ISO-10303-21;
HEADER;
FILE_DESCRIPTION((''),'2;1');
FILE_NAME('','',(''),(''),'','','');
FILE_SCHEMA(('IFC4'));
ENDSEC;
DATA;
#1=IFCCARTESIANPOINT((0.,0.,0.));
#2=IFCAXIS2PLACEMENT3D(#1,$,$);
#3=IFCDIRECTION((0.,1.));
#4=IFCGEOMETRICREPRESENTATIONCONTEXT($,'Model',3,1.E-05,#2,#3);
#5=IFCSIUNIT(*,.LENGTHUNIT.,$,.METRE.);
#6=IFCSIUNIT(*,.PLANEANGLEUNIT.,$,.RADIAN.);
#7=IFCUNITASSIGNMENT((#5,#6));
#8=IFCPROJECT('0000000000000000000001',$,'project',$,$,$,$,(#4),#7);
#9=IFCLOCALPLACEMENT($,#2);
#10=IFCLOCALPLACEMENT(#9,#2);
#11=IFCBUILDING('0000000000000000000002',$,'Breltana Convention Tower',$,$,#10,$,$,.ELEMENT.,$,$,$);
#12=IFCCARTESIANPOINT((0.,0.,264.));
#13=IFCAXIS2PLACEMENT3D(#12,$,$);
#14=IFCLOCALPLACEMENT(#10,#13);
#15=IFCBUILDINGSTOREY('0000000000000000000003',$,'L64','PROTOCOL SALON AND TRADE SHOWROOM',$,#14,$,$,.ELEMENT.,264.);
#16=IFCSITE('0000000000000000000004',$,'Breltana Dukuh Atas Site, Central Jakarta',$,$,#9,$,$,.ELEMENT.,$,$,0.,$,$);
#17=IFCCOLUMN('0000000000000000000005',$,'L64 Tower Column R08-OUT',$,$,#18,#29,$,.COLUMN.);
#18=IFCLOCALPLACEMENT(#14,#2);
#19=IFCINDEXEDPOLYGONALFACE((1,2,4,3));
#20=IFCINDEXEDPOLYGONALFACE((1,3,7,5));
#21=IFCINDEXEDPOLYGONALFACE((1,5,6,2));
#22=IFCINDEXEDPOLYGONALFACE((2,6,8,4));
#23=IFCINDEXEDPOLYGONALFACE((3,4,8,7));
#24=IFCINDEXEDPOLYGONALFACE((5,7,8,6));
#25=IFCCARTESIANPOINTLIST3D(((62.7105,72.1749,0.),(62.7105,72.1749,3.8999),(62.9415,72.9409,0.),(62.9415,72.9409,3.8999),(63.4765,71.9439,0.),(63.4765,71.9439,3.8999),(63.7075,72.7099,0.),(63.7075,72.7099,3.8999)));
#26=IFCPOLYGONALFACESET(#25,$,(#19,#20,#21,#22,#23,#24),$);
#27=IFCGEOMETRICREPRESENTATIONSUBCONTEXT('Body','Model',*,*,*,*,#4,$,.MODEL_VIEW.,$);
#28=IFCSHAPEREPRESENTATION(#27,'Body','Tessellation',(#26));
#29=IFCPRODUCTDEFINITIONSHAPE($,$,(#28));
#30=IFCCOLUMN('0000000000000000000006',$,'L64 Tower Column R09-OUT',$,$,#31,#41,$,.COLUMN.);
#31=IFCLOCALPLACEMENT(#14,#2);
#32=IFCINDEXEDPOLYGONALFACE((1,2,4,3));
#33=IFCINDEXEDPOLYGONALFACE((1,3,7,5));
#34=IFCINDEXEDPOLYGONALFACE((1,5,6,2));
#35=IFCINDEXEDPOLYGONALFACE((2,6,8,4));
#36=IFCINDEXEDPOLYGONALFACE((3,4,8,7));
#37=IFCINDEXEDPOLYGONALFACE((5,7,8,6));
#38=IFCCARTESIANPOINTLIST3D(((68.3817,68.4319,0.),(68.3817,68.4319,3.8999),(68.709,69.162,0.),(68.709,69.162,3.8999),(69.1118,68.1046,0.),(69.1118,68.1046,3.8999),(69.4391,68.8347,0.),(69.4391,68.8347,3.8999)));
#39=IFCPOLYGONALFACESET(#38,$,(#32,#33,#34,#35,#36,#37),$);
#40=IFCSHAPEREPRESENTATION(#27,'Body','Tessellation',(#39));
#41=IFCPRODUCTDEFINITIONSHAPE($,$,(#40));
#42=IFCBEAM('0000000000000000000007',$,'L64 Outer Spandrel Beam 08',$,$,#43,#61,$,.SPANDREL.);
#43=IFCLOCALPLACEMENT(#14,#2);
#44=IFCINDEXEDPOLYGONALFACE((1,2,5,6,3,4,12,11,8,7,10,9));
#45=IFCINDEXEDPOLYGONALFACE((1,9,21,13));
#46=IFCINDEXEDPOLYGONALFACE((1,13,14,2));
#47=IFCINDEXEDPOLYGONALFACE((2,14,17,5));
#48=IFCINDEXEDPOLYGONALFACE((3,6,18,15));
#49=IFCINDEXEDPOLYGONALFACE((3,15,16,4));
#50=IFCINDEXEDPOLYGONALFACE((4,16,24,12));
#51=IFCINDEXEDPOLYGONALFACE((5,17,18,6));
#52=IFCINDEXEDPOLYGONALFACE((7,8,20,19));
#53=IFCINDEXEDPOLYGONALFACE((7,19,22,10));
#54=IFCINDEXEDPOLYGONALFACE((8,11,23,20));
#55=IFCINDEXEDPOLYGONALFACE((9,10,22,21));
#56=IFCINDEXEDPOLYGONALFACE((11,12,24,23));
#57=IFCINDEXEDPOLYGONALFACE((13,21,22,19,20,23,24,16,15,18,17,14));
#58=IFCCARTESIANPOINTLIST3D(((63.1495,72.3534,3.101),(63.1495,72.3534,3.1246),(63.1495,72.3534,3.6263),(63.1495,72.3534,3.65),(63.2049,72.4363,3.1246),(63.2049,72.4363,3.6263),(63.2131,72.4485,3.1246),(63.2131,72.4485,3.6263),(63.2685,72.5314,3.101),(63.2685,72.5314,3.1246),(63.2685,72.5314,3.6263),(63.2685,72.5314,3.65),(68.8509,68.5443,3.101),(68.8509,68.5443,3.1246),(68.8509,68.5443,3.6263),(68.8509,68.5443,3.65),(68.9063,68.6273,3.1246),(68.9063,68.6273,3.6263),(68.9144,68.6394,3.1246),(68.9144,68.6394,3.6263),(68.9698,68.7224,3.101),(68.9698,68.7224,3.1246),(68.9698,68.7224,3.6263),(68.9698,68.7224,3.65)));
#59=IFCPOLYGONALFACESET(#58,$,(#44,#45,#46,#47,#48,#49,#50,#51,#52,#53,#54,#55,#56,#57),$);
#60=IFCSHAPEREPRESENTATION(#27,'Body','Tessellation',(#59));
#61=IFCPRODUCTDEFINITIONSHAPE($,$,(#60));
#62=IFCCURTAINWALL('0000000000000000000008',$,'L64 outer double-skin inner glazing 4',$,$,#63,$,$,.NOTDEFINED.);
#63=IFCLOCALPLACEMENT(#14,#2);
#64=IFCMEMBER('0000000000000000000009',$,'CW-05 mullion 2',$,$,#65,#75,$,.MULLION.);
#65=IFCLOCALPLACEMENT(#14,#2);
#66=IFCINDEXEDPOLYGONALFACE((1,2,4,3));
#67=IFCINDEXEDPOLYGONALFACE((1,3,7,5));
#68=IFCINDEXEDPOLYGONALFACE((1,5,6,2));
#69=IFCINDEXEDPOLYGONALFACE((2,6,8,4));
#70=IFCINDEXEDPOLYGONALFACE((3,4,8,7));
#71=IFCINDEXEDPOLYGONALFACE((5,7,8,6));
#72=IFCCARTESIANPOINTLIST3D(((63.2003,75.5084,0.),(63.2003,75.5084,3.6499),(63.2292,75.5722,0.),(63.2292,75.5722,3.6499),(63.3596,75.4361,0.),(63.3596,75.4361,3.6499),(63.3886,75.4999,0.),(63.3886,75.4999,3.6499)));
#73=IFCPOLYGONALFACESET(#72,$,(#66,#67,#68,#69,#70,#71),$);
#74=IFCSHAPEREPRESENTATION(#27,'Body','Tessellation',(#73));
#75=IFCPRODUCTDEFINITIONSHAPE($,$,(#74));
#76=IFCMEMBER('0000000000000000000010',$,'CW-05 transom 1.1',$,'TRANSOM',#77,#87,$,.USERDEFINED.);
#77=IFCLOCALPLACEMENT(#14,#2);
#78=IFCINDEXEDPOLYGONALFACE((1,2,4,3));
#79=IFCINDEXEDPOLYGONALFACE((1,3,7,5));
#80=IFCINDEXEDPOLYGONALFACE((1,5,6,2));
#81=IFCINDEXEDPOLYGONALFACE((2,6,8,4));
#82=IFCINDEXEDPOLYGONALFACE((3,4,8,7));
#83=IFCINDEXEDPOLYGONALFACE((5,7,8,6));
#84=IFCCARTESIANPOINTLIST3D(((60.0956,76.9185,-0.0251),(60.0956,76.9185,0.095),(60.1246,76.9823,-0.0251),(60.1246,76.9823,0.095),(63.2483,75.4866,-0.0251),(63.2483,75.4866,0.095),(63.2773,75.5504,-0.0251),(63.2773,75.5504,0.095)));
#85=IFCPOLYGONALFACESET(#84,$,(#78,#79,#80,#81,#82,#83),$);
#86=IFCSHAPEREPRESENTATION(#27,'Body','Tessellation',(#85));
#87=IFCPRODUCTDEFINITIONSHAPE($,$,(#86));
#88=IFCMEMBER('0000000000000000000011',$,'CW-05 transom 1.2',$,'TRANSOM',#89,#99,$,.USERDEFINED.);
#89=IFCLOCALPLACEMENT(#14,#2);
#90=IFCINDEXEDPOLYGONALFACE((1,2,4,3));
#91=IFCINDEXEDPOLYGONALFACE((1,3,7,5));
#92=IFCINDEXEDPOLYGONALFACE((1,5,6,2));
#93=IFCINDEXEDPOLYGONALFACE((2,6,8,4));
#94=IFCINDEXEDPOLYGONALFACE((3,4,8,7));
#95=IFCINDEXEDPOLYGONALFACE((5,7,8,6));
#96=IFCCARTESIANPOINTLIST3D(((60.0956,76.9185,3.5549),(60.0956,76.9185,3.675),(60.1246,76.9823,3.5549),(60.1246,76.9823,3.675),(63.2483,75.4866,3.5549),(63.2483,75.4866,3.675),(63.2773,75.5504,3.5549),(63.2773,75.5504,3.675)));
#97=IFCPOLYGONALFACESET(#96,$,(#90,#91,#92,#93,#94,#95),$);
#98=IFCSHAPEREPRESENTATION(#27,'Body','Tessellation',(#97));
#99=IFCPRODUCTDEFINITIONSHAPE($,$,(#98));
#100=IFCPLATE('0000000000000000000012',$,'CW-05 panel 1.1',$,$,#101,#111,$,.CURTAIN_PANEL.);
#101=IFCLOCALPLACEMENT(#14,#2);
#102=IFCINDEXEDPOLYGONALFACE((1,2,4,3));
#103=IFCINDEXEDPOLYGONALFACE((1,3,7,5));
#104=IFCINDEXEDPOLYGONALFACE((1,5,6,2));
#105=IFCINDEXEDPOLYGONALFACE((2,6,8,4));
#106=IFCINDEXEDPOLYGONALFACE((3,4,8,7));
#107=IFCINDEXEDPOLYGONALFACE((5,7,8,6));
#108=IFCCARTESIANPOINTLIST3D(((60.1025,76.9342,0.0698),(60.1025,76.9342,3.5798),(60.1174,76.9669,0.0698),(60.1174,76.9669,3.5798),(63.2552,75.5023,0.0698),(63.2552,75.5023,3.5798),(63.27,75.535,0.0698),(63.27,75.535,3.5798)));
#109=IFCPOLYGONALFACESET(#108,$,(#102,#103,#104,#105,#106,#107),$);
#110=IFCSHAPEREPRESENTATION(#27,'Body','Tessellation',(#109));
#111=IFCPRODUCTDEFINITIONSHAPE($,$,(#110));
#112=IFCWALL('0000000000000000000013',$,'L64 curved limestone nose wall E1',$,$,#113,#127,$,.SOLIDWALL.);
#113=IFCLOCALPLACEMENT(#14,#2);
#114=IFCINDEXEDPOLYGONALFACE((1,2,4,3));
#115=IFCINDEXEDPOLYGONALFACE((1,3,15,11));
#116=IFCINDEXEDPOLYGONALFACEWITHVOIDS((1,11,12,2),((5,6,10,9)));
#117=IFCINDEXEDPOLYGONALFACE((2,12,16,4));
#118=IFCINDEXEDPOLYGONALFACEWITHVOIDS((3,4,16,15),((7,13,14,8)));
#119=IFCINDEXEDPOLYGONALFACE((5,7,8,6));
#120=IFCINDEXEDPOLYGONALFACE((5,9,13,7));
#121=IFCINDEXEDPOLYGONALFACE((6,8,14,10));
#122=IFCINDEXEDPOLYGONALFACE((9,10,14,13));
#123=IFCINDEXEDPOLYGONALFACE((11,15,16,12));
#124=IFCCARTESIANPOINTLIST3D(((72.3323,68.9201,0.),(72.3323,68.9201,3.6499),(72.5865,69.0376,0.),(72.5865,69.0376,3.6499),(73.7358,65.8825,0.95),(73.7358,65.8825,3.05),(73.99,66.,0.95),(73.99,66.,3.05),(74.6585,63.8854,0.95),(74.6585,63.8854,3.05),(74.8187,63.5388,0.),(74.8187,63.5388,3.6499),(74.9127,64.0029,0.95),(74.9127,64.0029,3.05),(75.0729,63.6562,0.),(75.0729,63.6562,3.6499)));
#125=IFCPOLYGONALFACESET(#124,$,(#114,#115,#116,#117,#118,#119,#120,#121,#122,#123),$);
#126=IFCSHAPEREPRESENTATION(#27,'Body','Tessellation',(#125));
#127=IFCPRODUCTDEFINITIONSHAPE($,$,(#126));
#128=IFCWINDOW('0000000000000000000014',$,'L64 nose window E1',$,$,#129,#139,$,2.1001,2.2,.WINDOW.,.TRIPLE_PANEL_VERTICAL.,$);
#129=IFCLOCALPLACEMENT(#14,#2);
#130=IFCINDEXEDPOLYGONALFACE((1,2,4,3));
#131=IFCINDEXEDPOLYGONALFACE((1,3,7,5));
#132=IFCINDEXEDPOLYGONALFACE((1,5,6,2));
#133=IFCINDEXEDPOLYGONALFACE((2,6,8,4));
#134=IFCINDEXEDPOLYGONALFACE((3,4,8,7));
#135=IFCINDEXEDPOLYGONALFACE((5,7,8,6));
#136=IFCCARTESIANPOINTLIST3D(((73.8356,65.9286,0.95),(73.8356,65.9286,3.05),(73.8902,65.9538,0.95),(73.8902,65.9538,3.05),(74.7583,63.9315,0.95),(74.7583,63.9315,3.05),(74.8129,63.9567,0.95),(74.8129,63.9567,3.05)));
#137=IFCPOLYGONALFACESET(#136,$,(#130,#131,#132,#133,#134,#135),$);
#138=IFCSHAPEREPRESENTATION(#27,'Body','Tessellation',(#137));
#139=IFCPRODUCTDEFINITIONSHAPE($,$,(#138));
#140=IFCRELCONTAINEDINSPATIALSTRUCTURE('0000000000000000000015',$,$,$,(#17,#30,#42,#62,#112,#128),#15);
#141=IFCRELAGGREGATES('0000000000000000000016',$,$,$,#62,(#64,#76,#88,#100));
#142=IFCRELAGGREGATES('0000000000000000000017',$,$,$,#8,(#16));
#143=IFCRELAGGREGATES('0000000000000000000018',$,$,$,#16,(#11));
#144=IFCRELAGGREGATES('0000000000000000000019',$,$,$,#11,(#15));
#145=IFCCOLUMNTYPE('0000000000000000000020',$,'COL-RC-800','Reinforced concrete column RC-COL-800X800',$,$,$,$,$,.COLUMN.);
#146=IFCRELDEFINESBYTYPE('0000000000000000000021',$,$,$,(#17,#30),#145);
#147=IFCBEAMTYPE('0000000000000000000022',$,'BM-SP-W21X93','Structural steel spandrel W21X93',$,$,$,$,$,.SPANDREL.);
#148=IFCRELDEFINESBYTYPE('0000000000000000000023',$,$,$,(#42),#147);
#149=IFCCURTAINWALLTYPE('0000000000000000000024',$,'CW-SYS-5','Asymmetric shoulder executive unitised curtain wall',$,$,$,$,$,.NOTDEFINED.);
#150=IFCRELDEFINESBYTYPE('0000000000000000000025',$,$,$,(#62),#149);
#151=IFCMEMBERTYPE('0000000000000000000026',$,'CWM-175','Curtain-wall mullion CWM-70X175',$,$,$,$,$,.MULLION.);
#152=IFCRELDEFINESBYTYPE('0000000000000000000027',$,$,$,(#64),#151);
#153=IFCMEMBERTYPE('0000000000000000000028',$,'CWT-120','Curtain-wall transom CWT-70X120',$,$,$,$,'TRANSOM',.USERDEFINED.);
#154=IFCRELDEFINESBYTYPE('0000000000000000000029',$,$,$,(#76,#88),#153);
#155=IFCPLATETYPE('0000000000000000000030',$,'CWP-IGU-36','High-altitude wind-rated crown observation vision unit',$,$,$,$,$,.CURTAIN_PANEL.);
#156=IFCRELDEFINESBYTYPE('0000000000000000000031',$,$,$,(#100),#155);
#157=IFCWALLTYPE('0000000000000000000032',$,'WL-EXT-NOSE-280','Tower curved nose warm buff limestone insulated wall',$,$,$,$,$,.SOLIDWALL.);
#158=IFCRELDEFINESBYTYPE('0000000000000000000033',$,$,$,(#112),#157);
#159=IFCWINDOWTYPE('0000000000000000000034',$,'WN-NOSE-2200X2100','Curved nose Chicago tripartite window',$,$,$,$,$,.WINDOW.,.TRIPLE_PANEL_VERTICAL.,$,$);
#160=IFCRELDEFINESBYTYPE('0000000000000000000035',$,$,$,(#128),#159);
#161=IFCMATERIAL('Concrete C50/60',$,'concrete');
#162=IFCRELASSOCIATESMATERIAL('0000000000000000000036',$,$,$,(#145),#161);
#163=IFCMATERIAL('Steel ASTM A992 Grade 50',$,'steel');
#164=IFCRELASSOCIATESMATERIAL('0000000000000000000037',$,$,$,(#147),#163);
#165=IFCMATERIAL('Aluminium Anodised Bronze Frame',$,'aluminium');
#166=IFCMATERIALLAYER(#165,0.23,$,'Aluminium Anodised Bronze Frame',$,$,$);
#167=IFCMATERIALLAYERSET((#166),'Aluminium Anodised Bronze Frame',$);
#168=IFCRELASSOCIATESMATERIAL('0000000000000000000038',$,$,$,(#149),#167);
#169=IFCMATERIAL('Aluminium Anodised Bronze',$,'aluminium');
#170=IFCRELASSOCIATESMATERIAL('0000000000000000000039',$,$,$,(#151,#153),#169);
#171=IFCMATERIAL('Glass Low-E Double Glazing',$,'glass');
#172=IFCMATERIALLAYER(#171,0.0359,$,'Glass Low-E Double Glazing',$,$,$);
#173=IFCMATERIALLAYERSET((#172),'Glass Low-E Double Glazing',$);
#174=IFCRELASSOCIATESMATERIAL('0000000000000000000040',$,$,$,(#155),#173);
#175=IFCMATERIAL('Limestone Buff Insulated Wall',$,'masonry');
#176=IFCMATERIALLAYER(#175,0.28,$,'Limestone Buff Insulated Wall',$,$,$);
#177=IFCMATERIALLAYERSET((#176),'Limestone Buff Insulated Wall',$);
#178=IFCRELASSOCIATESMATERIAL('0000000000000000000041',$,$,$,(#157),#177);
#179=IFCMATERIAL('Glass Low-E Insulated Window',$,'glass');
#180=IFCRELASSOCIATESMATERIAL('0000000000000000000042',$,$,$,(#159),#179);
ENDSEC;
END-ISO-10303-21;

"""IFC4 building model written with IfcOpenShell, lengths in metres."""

from ifc_helpers import new_model, si_unit, direction, frame, frame_2d, origin, origin_2d, place, context, subcontext, project, spatial, rectangle, i_section, extrude, source, transform, mapped, material, layer, layer_set, material_profile, profile_set, type_object, type_shapes, element, fill, aggregate, save


model = new_model("IFC4")

# Units and contexts
model_context = context("Model", 3, precision=1e-05, world=origin(), true_north=direction((0.0, 1.0)))
body_context = subcontext(model_context, "Body", "Model", "MODEL_VIEW")
ifc_project = project(units=[si_unit("LENGTHUNIT", "METRE"), si_unit("PLANEANGLEUNIT", "RADIAN")], contexts=[model_context])

# Site, building, storey
site_placement = place(None, origin())
site = spatial("IfcSite", under=ifc_project, at=site_placement, Name="Breltana Dukuh Atas Site, Central Jakarta", CompositionType="ELEMENT", RefElevation=0.0)
building_placement = place(site_placement, origin())
building = spatial("IfcBuilding", under=site, at=building_placement, Name="Breltana Convention Tower", CompositionType="ELEMENT")
storey_placement = place(building_placement, frame((0.0, 0.0, 264.0)))
storey = spatial("IfcBuildingStorey", under=building, at=storey_placement, Name="L64", Description="PROTOCOL SALON AND TRADE SHOWROOM", CompositionType="ELEMENT", Elevation=264.0)

# Columns
ifc_material_1 = material(Name="Concrete C50/60", Category="concrete")
ifc_material_profile_1 = material_profile(ifc_material_1, rectangle(XDim=0.8, YDim=0.8, at=origin_2d()), Name="RC-COL-800X800")
ifc_profile_set_1 = profile_set([ifc_material_profile_1], Name="Concrete C50/60")
column_type = type_object("IfcColumnType", Name="COL-RC-800", Description="Reinforced concrete column RC-COL-800X800", PredefinedType="COLUMN", material=ifc_profile_set_1)
shared_shape_1 = source(origin(), body_context, "Body", "SweptSolid", [
    extrude(rectangle(XDim=0.8, YDim=0.8, at=origin_2d()), origin(), (0.0, 0.0, 1.0), 3.8999),
])
for number, where, z_axis, x_axis, name in (
    (1, (63.209, 72.4424, 0.0), (0.0, 0.0, 1.0), (0.288698, 0.95742, 0.0), "L64 Tower Column R08-OUT"),
    (2, (68.9104, 68.6333, 0.0), (0.0, 0.0, 1.0), (0.409127, 0.912477, 0.0), "L64 Tower Column R09-OUT"),
):
    element("IfcColumn", number, at=place(storey_placement, frame(where, z_axis=z_axis, x_axis=x_axis)), inside=storey, type_object=column_type, Name=name, PredefinedType="COLUMN", context=body_context, shape_type="MappedRepresentation", body=[
        mapped(shared_shape_1, transform((0.0, 0.0, 0.0), scale=1.0)),
    ])

# Beam
ifc_material_2 = material(Name="Steel ASTM A992 Grade 50", Category="steel")
ifc_material_profile_2 = material_profile(ifc_material_2, i_section(OverallWidth=0.2141, OverallDepth=0.5491, WebThickness=0.0146, FlangeThickness=0.0237, at=origin_2d()), Name="W21X93")
ifc_profile_set_2 = profile_set([ifc_material_profile_2], Name="Steel ASTM A992 Grade 50")
beam_type = type_object("IfcBeamType", Name="BM-SP-W21X93", Description="Structural steel spandrel W21X93", PredefinedType="SPANDREL", material=ifc_profile_set_2)
shared_shape_2 = source(origin(), body_context, "Body", "SweptSolid", [
    extrude(i_section(OverallWidth=0.2141, OverallDepth=0.5491, WebThickness=0.0146, FlangeThickness=0.0237, at=origin_2d()), origin(), (0.0, 0.0, 1.0), 6.8567),
])
beam_placement = place(storey_placement, frame((63.209, 72.4424, 3.3755), z_axis=(0.831502, -0.555522, 0.0), x_axis=(0.555522, 0.831502, 0.0)))
element("IfcBeam", 3, at=beam_placement, inside=storey, type_object=beam_type, Name="L64 Outer Spandrel Beam 08", PredefinedType="SPANDREL", context=body_context, shape_type="MappedRepresentation", body=[
    mapped(shared_shape_2, transform((0.0, 0.0, 0.0), scale=1.0)),
])

# Curtain wall, members, plate
ifc_material_3 = material(Name="Aluminium Anodised Bronze Frame", Category="aluminium")
ifc_layer_1 = layer(ifc_material_3, 0.23, Name="Aluminium Anodised Bronze Frame")
ifc_layer_set_1 = layer_set([ifc_layer_1], Name="Aluminium Anodised Bronze Frame")
curtain_wall_type = type_object("IfcCurtainWallType", Name="CW-SYS-5", Description="Asymmetric shoulder executive unitised curtain wall", PredefinedType="NOTDEFINED", material=ifc_layer_set_1)
curtain_wall_placement = place(storey_placement, origin())
curtain_wall = element("IfcCurtainWall", 4, at=curtain_wall_placement, inside=storey, type_object=curtain_wall_type, Name="L64 outer double-skin inner glazing 4", PredefinedType="NOTDEFINED")
ifc_material_4 = material(Name="Aluminium Anodised Bronze", Category="aluminium")
ifc_material_profile_3 = material_profile(ifc_material_4, rectangle(XDim=0.0701, YDim=0.175, at=origin_2d()), Name="CWM-70X175")
ifc_profile_set_3 = profile_set([ifc_material_profile_3], Name="Aluminium Anodised Bronze")
member_type_1 = type_object("IfcMemberType", Name="CWM-175", Description="Curtain-wall mullion CWM-70X175", PredefinedType="MULLION", material=ifc_profile_set_3)
shared_shape_3 = source(origin(), body_context, "Body", "SweptSolid", [
    extrude(rectangle(XDim=0.0701, YDim=0.175, at=origin_2d()), origin(), (0.0, 0.0, 1.0), 3.6499),
])
member_1_placement = place(storey_placement, frame((63.2944, 75.5042, 0.0), z_axis=(0.0, 0.0, 1.0), x_axis=(0.413537, 0.910487, 0.0)))
member_1 = element("IfcMember", 5, at=member_1_placement, type_object=member_type_1, Name="CW-05 mullion 2", PredefinedType="MULLION", context=body_context, shape_type="MappedRepresentation", body=[
    mapped(shared_shape_3, transform((0.0, 0.0, 0.0), scale=1.0)),
])
ifc_material_profile_4 = material_profile(ifc_material_4, rectangle(XDim=0.0701, YDim=0.1201, at=origin_2d()), Name="CWT-70X120")
ifc_profile_set_4 = profile_set([ifc_material_profile_4], Name="Aluminium Anodised Bronze")
member_type_2 = type_object("IfcMemberType", Name="CWT-120", Description="Curtain-wall transom CWT-70X120", ElementType="TRANSOM", PredefinedType="USERDEFINED", material=ifc_profile_set_4)
shared_shape_4 = source(origin(), body_context, "Body", "SweptSolid", [
    extrude(rectangle(XDim=0.0701, YDim=0.1201, at=origin_2d()), origin(), (0.0, 0.0, 1.0), 3.4626),
])
member_2_placement = place(storey_placement, frame((60.1101, 76.9504, 0.0349), z_axis=(0.910487, -0.413537, 0.0), x_axis=(0.413537, 0.910487, 0.0)))
member_2 = element("IfcMember", 6, at=member_2_placement, type_object=member_type_2, Name="CW-05 transom 1.1", ObjectType="TRANSOM", PredefinedType="USERDEFINED", context=body_context, shape_type="MappedRepresentation", body=[
    mapped(shared_shape_4, transform((0.0, 0.0, 0.0), scale=1.0)),
])
member_3_placement = place(storey_placement, frame((60.1101, 76.9504, 3.615), z_axis=(0.910487, -0.413537, 0.0), x_axis=(0.413537, 0.910487, 0.0)))
member_3 = element("IfcMember", 7, at=member_3_placement, type_object=member_type_2, Name="CW-05 transom 1.2", ObjectType="TRANSOM", PredefinedType="USERDEFINED", context=body_context, shape_type="MappedRepresentation", body=[
    mapped(shared_shape_4, transform((0.0, 0.0, 0.0), scale=1.0)),
])
ifc_material_5 = material(Name="Glass Low-E Double Glazing", Category="glass")
ifc_layer_2 = layer(ifc_material_5, 0.0359, Name="Glass Low-E Double Glazing")
ifc_layer_set_2 = layer_set([ifc_layer_2], Name="Glass Low-E Double Glazing")
plate_type = type_object("IfcPlateType", Name="CWP-IGU-36", Description="High-altitude wind-rated crown observation vision unit", PredefinedType="CURTAIN_PANEL", material=ifc_layer_set_2)
shared_shape_5 = source(origin(), body_context, "Body", "SweptSolid", [
    extrude(rectangle(XDim=3.4626, YDim=0.0359, at=origin_2d()), origin(), (0.0, 0.0, 1.0), 3.51),
])
plate_placement = place(storey_placement, frame((61.6863, 76.2346, 0.0698), z_axis=(0.0, 0.0, 1.0), x_axis=(0.910487, -0.413537, 0.0)))
plate = element("IfcPlate", 8, at=plate_placement, type_object=plate_type, Name="CW-05 panel 1.1", PredefinedType="CURTAIN_PANEL", context=body_context, shape_type="MappedRepresentation", body=[
    mapped(shared_shape_5, transform((0.0, 0.0, 0.0), scale=1.0)),
])
aggregate(curtain_wall, [member_1, member_2, member_3, plate])

# Wall, opening, window
ifc_material_6 = material(Name="Limestone Buff Insulated Wall", Category="masonry")
ifc_layer_3 = layer(ifc_material_6, 0.28, Name="Limestone Buff Insulated Wall")
ifc_layer_set_3 = layer_set([ifc_layer_3], Name="Limestone Buff Insulated Wall")
wall_type_1 = type_object("IfcWallType", Name="WL-EXT-NOSE-280", Description="Tower curved nose warm buff limestone insulated wall", PredefinedType="SOLIDWALL", material=ifc_layer_set_3)
shared_shape_6 = source(origin(), body_context, "Body", "SweptSolid", [
    extrude(rectangle(XDim=5.928, YDim=0.28, at=frame_2d((2.9639, 0.0))), origin(), (0.0, 0.0, 1.0), 3.6499),
])
wall_1_placement = place(storey_placement, frame((72.4595, 68.9788, 0.0), z_axis=(0.0, 0.0, 1.0), x_axis=(0.419424, -0.907791, 0.0)))
wall_1 = element("IfcWall", 9, at=wall_1_placement, inside=storey, type_object=wall_type_1, Name="L64 curved limestone nose wall E1", PredefinedType="SOLIDWALL", context=body_context, shape_type="MappedRepresentation", body=[
    mapped(shared_shape_6, transform((0.0, 0.0, 0.0), scale=1.0)),
])
opening_1_placement = place(wall_1_placement, frame((3.3459, 0.0, 0.95)))
opening_1 = element("IfcOpeningElement", 10, at=opening_1_placement, cuts=wall_1, PredefinedType="OPENING", context=body_context, shape_type="SweptSolid", body=[
    extrude(rectangle(XDim=2.2, YDim=2.1001, at=frame_2d((1.1001, 1.05))), frame((0.0, 0.1499, 0.0), z_axis=(0.0, -1.0, 0.0), x_axis=(1.0, 0.0, 0.0)), (0.0, 0.0, 1.0), 0.3),
])
ifc_material_7 = material(Name="Glass Low-E Insulated Window", Category="glass")
window_type = type_object("IfcWindowType", Name="WN-NOSE-2200X2100", Description="Curved nose Chicago tripartite window", PartitioningType="TRIPLE_PANEL_VERTICAL", PredefinedType="WINDOW", material=ifc_material_7)
shared_shape_7 = source(origin(), body_context, "Body", "SweptSolid", [
    extrude(rectangle(XDim=2.2, YDim=2.1001, at=frame_2d((1.1001, 1.05))), frame((0.0, 0.03, 0.0), z_axis=(0.0, -1.0, 0.0), x_axis=(1.0, 0.0, 0.0)), (0.0, 0.0, 1.0), 0.0601),
])
type_shapes(window_type, [shared_shape_7])
window_1_placement = place(opening_1_placement, origin())
window_1 = element("IfcWindow", 11, at=window_1_placement, inside=storey, type_object=window_type, Name="L64 nose window E1", OverallHeight=2.1001, OverallWidth=2.2, PartitioningType="TRIPLE_PANEL_VERTICAL", PredefinedType="WINDOW", context=body_context, shape_type="MappedRepresentation", body=[
    mapped(shared_shape_7, transform((0.0, 0.0, 0.0), scale=1.0)),
])
fill(opening_1, window_1)

save(model, "model.ifc")
